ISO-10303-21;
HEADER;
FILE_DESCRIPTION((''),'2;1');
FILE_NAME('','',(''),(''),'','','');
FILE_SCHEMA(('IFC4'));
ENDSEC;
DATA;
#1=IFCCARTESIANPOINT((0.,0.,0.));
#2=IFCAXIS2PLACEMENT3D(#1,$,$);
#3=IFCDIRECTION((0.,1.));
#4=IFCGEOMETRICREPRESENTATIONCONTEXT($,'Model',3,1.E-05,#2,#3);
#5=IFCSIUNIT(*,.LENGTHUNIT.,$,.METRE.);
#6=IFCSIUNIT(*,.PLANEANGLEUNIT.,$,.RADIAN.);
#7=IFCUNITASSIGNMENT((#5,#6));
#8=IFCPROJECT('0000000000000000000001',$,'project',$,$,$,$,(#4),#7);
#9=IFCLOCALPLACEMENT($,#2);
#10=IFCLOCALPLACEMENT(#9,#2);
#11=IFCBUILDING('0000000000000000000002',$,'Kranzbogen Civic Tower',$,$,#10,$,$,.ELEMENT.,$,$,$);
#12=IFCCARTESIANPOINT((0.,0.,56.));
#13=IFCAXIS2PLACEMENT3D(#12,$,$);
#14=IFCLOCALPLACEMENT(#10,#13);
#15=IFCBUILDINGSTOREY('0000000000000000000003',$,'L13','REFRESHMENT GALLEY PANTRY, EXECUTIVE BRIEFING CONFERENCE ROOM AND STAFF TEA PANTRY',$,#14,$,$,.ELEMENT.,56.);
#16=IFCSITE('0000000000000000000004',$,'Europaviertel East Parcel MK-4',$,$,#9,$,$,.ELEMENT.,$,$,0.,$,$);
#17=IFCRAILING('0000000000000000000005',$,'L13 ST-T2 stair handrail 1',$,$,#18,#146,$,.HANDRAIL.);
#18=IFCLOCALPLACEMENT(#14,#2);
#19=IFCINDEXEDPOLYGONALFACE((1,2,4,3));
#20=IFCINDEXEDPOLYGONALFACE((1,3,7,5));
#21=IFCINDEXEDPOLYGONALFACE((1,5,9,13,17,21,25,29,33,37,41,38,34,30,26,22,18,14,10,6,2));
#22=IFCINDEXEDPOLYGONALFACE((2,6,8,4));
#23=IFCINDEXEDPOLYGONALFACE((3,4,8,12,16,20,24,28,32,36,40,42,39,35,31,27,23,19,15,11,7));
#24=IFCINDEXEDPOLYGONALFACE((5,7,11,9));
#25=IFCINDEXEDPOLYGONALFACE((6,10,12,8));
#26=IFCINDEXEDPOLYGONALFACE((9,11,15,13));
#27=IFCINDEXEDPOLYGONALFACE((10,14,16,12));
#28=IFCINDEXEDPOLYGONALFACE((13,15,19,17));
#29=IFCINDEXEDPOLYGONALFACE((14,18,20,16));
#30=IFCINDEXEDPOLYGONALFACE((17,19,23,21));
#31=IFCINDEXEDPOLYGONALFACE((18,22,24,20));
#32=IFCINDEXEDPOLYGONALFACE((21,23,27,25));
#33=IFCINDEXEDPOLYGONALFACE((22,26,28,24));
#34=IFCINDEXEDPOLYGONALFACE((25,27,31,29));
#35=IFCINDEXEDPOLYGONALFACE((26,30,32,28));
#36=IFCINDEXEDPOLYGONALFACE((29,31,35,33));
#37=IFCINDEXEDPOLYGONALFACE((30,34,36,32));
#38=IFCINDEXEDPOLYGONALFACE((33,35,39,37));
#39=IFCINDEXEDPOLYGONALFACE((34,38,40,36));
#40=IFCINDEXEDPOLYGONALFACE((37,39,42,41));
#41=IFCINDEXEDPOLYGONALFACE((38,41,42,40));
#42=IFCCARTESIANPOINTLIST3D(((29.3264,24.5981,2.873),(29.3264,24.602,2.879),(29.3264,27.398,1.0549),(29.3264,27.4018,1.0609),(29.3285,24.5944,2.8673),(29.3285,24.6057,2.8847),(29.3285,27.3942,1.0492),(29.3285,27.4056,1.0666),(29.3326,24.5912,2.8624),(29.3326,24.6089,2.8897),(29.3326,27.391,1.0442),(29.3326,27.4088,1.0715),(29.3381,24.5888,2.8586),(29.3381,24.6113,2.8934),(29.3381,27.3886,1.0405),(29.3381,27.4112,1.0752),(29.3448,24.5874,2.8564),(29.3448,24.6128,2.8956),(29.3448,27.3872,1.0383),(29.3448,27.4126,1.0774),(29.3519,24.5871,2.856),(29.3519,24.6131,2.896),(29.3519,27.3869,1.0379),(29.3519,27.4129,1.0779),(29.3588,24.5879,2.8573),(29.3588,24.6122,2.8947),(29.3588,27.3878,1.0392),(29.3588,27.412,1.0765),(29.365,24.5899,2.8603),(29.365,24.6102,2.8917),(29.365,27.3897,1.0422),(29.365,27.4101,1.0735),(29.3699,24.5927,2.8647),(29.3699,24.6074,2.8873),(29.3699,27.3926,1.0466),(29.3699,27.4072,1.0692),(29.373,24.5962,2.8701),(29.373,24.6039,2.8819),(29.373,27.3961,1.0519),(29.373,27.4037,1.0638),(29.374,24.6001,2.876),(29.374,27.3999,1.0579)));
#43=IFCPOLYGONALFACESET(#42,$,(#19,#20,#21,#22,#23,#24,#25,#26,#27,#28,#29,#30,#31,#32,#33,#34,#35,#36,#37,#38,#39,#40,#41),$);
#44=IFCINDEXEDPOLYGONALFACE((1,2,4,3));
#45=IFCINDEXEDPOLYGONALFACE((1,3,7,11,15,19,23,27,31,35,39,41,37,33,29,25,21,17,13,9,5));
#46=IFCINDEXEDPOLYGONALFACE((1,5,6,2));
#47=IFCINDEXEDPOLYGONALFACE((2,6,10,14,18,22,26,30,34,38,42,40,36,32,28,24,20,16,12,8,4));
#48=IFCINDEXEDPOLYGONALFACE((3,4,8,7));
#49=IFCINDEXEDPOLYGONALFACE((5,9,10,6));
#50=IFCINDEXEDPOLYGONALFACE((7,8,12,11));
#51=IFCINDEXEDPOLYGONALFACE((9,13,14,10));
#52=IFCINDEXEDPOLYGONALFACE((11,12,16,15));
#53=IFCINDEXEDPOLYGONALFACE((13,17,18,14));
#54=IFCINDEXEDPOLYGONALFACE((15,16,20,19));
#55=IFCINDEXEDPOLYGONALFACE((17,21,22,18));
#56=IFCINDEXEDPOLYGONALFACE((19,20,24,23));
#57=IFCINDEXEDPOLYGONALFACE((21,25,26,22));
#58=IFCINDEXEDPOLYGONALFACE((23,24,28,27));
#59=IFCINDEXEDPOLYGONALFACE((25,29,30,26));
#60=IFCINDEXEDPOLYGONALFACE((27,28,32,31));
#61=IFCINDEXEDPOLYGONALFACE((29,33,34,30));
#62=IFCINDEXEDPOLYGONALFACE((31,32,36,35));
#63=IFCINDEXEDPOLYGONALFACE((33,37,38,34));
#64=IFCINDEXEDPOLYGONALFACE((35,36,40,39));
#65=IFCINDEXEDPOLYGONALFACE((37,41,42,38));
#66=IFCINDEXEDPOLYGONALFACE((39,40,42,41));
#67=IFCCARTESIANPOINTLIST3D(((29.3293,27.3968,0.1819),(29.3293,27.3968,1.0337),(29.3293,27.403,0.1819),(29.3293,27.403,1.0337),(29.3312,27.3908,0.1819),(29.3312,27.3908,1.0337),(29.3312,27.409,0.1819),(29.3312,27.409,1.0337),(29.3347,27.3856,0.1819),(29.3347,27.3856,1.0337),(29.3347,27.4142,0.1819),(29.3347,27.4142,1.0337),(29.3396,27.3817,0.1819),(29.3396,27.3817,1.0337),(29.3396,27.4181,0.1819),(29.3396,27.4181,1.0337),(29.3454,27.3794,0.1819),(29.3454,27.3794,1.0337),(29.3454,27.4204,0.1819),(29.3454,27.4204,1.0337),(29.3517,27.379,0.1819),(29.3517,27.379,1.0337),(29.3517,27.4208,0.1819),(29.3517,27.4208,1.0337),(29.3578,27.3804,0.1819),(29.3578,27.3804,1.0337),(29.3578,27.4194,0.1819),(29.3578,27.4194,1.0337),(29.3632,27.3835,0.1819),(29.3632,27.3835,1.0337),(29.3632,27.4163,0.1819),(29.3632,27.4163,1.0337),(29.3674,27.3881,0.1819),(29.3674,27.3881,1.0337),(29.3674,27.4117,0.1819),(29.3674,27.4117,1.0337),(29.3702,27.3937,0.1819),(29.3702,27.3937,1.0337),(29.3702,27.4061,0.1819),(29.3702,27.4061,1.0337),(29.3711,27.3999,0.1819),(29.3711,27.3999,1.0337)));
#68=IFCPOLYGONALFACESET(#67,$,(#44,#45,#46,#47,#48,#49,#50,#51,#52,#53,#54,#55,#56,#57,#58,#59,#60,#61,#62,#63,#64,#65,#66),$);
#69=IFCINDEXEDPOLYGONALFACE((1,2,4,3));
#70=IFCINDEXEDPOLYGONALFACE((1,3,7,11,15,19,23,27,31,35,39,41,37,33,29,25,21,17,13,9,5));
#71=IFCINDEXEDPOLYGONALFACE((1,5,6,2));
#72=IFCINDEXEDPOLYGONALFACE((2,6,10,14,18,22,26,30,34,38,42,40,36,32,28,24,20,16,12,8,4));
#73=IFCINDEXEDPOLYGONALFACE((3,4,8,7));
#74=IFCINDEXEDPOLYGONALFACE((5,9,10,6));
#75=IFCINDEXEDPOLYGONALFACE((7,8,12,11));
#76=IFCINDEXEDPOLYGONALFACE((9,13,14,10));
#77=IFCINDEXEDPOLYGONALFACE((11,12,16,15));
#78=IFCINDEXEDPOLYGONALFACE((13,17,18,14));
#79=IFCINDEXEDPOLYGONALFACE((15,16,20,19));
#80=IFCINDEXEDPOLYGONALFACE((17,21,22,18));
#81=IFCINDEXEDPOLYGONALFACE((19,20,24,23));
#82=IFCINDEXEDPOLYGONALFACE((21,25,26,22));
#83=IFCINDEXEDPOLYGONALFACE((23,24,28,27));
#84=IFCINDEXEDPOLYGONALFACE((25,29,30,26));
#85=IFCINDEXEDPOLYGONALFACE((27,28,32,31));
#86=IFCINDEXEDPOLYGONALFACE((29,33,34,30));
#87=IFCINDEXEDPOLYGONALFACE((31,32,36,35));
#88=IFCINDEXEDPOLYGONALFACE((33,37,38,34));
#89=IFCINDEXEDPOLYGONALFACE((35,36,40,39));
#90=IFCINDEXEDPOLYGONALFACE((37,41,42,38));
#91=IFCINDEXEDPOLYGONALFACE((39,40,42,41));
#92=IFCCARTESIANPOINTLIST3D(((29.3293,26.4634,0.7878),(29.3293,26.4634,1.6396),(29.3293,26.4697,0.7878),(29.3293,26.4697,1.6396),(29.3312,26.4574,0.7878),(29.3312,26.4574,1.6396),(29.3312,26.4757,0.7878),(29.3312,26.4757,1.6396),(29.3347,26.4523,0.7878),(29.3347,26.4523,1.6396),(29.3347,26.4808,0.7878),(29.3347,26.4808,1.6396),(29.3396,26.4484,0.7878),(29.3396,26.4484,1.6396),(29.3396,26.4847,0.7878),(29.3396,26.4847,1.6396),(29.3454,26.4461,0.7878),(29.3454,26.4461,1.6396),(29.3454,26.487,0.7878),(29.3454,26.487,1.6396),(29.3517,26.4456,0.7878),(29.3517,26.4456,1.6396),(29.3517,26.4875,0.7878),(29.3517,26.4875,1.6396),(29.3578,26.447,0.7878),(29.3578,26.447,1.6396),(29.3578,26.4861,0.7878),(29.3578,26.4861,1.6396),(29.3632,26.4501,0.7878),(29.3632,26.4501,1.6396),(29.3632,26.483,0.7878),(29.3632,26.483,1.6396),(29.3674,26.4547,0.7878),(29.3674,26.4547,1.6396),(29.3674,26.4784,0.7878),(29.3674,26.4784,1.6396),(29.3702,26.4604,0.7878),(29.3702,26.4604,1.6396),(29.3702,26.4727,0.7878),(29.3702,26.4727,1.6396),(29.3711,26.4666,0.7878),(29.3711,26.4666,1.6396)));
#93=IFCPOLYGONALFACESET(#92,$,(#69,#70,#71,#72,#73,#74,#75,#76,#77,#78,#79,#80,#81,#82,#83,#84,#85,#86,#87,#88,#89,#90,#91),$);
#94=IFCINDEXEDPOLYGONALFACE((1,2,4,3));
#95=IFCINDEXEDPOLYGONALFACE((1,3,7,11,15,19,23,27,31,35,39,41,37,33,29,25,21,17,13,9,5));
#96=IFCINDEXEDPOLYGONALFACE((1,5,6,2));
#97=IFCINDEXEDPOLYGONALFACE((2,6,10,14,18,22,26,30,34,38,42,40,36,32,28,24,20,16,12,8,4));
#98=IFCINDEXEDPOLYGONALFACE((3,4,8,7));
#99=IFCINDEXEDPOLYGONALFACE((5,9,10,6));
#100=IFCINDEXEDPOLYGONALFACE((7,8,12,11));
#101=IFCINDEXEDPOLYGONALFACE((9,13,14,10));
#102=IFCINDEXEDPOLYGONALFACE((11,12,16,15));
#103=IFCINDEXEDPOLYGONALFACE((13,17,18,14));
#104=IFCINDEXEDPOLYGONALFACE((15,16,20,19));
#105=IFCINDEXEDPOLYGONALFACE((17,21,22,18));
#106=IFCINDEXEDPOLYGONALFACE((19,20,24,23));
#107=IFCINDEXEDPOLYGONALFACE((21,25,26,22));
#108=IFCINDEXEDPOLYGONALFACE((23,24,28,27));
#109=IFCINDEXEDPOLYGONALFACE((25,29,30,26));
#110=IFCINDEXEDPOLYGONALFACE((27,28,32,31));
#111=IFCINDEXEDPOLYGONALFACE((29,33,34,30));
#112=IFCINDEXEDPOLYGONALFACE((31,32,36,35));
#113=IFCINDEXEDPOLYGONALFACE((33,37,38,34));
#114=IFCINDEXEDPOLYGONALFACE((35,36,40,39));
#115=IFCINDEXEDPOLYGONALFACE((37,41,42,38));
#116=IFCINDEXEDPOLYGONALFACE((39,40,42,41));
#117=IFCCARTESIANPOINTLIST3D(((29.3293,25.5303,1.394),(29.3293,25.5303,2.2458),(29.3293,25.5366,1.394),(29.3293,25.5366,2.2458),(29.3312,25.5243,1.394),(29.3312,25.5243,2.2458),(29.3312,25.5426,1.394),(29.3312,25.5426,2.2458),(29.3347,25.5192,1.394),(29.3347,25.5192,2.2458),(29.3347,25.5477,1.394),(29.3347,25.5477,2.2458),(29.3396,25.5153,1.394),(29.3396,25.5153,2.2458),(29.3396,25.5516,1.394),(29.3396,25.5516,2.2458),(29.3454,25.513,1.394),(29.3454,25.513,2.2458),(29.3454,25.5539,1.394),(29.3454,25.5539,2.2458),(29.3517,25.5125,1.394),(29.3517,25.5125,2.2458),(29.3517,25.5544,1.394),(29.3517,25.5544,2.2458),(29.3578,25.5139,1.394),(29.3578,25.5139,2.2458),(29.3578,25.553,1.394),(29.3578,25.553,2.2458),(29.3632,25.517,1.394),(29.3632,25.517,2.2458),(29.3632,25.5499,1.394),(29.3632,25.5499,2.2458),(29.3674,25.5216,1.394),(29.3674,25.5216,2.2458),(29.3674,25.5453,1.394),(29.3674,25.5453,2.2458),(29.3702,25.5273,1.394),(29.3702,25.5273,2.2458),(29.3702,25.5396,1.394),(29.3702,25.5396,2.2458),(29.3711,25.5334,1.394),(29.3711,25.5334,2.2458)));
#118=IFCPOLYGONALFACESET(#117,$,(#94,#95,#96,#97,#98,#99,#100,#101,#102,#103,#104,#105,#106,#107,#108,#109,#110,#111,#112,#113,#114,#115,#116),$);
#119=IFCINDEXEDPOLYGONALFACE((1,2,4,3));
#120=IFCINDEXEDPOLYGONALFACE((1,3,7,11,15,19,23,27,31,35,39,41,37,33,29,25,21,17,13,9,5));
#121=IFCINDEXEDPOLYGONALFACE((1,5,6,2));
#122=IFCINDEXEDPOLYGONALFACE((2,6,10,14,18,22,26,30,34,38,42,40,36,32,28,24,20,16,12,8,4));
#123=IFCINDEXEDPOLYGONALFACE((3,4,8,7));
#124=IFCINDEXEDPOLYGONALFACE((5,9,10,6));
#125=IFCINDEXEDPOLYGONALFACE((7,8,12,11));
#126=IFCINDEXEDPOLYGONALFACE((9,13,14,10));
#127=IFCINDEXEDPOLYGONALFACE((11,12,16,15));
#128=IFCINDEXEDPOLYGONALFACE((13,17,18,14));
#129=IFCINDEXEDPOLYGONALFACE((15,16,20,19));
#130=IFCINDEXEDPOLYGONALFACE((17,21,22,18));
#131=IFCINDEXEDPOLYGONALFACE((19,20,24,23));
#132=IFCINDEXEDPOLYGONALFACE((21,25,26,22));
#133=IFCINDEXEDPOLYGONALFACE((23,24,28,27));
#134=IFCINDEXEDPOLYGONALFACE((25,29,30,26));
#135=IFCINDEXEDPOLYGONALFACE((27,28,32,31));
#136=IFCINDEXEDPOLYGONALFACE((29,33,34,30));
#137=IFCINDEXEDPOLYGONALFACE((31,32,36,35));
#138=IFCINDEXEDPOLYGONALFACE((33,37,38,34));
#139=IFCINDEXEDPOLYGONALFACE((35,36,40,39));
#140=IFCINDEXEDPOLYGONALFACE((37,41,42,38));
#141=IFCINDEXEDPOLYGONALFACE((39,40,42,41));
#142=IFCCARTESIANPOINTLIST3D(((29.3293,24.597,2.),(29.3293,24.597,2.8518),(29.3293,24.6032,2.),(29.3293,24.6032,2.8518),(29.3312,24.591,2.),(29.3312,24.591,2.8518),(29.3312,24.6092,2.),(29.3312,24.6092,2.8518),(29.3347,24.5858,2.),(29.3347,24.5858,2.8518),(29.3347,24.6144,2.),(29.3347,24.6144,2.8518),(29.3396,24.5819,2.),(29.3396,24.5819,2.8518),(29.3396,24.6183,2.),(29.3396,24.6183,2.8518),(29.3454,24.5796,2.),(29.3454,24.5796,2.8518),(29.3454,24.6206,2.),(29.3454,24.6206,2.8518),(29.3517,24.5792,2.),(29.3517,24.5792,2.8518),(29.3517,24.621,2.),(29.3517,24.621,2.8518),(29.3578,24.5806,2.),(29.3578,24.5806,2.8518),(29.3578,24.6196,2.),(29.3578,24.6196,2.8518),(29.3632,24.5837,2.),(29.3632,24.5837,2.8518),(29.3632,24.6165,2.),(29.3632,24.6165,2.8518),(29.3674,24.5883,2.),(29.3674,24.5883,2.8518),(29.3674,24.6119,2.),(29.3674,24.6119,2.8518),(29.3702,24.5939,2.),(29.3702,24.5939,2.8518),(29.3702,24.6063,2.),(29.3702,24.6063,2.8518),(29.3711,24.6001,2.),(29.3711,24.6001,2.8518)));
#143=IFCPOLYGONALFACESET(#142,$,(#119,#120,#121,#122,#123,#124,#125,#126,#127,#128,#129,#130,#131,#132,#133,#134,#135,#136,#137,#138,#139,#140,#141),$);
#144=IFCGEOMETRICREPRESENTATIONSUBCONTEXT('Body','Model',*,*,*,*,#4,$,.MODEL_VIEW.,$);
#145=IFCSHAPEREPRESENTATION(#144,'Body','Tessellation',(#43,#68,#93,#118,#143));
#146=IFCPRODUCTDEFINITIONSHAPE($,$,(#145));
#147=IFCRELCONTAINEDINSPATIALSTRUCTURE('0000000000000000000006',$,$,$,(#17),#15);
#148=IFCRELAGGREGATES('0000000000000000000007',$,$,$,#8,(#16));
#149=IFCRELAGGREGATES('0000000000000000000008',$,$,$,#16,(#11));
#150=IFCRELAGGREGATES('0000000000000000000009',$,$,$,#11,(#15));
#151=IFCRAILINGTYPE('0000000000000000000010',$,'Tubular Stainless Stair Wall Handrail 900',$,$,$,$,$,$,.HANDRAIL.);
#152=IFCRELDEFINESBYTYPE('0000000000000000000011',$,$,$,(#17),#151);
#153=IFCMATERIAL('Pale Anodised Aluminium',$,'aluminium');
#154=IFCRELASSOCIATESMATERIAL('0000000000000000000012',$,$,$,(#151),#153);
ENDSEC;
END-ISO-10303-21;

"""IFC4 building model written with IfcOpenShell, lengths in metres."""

from ifc_helpers import new_model, si_unit, direction, frame, origin, origin_2d, place, context, subcontext, project, spatial, circle, extrude, material, type_object, element, save


model = new_model("IFC4")

# Units and contexts
model_context = context("Model", 3, precision=1e-05, world=origin(), true_north=direction((0.0, 1.0)))
body_context = subcontext(model_context, "Body", "Model", "MODEL_VIEW")
ifc_project = project(units=[si_unit("LENGTHUNIT", "METRE"), si_unit("PLANEANGLEUNIT", "RADIAN")], contexts=[model_context])

# Site, building, storey
site_placement = place(None, origin())
site = spatial("IfcSite", under=ifc_project, at=site_placement, Name="Europaviertel East Parcel MK-4", CompositionType="ELEMENT", RefElevation=0.0)
building_placement = place(site_placement, origin())
building = spatial("IfcBuilding", under=site, at=building_placement, Name="Kranzbogen Civic Tower", CompositionType="ELEMENT")
storey_placement = place(building_placement, frame((0.0, 0.0, 56.0)))
storey = spatial("IfcBuildingStorey", under=building, at=storey_placement, Name="L13", Description="REFRESHMENT GALLEY PANTRY, EXECUTIVE BRIEFING CONFERENCE ROOM AND STAFF TEA PANTRY", CompositionType="ELEMENT", Elevation=56.0)

# Shared definitions
ifc_material_1 = material(Name="Pale Anodised Aluminium", Category="aluminium")

# Railing
railing_type_1 = type_object("IfcRailingType", Name="Tubular Stainless Stair Wall Handrail 900", PredefinedType="HANDRAIL", material=ifc_material_1)
railing_1_placement = place(storey_placement, frame((29.3501, 27.3999, 0.1819)))
element("IfcRailing", 1, at=railing_1_placement, inside=storey, type_object=railing_type_1, Name="L13 ST-T2 stair handrail 1", PredefinedType="HANDRAIL", context=body_context, shape_type="SweptSolid", body=[
    extrude(circle(Radius=0.0239, at=origin_2d()), frame((0.0, 0.0, 0.876), z_axis=(0.0, -0.838684, 0.544618), x_axis=(1.0, 0.0, 0.0)), (0.0, 0.0, 1.0), 3.3384),
    extrude(circle(Radius=0.021, at=origin_2d()), origin(), (0.0, 0.0, 1.0), 0.8518),
    extrude(circle(Radius=0.021, at=origin_2d()), frame((0.0, -0.9333, 0.606)), (0.0, 0.0, 1.0), 0.8518),
    extrude(circle(Radius=0.021, at=origin_2d()), frame((0.0, -1.8665, 1.2122)), (0.0, 0.0, 1.0), 0.8518),
    extrude(circle(Radius=0.021, at=origin_2d()), frame((0.0, -2.7998, 1.8181)), (0.0, 0.0, 1.0), 0.8518),
])

save(model, "model.ifc")
